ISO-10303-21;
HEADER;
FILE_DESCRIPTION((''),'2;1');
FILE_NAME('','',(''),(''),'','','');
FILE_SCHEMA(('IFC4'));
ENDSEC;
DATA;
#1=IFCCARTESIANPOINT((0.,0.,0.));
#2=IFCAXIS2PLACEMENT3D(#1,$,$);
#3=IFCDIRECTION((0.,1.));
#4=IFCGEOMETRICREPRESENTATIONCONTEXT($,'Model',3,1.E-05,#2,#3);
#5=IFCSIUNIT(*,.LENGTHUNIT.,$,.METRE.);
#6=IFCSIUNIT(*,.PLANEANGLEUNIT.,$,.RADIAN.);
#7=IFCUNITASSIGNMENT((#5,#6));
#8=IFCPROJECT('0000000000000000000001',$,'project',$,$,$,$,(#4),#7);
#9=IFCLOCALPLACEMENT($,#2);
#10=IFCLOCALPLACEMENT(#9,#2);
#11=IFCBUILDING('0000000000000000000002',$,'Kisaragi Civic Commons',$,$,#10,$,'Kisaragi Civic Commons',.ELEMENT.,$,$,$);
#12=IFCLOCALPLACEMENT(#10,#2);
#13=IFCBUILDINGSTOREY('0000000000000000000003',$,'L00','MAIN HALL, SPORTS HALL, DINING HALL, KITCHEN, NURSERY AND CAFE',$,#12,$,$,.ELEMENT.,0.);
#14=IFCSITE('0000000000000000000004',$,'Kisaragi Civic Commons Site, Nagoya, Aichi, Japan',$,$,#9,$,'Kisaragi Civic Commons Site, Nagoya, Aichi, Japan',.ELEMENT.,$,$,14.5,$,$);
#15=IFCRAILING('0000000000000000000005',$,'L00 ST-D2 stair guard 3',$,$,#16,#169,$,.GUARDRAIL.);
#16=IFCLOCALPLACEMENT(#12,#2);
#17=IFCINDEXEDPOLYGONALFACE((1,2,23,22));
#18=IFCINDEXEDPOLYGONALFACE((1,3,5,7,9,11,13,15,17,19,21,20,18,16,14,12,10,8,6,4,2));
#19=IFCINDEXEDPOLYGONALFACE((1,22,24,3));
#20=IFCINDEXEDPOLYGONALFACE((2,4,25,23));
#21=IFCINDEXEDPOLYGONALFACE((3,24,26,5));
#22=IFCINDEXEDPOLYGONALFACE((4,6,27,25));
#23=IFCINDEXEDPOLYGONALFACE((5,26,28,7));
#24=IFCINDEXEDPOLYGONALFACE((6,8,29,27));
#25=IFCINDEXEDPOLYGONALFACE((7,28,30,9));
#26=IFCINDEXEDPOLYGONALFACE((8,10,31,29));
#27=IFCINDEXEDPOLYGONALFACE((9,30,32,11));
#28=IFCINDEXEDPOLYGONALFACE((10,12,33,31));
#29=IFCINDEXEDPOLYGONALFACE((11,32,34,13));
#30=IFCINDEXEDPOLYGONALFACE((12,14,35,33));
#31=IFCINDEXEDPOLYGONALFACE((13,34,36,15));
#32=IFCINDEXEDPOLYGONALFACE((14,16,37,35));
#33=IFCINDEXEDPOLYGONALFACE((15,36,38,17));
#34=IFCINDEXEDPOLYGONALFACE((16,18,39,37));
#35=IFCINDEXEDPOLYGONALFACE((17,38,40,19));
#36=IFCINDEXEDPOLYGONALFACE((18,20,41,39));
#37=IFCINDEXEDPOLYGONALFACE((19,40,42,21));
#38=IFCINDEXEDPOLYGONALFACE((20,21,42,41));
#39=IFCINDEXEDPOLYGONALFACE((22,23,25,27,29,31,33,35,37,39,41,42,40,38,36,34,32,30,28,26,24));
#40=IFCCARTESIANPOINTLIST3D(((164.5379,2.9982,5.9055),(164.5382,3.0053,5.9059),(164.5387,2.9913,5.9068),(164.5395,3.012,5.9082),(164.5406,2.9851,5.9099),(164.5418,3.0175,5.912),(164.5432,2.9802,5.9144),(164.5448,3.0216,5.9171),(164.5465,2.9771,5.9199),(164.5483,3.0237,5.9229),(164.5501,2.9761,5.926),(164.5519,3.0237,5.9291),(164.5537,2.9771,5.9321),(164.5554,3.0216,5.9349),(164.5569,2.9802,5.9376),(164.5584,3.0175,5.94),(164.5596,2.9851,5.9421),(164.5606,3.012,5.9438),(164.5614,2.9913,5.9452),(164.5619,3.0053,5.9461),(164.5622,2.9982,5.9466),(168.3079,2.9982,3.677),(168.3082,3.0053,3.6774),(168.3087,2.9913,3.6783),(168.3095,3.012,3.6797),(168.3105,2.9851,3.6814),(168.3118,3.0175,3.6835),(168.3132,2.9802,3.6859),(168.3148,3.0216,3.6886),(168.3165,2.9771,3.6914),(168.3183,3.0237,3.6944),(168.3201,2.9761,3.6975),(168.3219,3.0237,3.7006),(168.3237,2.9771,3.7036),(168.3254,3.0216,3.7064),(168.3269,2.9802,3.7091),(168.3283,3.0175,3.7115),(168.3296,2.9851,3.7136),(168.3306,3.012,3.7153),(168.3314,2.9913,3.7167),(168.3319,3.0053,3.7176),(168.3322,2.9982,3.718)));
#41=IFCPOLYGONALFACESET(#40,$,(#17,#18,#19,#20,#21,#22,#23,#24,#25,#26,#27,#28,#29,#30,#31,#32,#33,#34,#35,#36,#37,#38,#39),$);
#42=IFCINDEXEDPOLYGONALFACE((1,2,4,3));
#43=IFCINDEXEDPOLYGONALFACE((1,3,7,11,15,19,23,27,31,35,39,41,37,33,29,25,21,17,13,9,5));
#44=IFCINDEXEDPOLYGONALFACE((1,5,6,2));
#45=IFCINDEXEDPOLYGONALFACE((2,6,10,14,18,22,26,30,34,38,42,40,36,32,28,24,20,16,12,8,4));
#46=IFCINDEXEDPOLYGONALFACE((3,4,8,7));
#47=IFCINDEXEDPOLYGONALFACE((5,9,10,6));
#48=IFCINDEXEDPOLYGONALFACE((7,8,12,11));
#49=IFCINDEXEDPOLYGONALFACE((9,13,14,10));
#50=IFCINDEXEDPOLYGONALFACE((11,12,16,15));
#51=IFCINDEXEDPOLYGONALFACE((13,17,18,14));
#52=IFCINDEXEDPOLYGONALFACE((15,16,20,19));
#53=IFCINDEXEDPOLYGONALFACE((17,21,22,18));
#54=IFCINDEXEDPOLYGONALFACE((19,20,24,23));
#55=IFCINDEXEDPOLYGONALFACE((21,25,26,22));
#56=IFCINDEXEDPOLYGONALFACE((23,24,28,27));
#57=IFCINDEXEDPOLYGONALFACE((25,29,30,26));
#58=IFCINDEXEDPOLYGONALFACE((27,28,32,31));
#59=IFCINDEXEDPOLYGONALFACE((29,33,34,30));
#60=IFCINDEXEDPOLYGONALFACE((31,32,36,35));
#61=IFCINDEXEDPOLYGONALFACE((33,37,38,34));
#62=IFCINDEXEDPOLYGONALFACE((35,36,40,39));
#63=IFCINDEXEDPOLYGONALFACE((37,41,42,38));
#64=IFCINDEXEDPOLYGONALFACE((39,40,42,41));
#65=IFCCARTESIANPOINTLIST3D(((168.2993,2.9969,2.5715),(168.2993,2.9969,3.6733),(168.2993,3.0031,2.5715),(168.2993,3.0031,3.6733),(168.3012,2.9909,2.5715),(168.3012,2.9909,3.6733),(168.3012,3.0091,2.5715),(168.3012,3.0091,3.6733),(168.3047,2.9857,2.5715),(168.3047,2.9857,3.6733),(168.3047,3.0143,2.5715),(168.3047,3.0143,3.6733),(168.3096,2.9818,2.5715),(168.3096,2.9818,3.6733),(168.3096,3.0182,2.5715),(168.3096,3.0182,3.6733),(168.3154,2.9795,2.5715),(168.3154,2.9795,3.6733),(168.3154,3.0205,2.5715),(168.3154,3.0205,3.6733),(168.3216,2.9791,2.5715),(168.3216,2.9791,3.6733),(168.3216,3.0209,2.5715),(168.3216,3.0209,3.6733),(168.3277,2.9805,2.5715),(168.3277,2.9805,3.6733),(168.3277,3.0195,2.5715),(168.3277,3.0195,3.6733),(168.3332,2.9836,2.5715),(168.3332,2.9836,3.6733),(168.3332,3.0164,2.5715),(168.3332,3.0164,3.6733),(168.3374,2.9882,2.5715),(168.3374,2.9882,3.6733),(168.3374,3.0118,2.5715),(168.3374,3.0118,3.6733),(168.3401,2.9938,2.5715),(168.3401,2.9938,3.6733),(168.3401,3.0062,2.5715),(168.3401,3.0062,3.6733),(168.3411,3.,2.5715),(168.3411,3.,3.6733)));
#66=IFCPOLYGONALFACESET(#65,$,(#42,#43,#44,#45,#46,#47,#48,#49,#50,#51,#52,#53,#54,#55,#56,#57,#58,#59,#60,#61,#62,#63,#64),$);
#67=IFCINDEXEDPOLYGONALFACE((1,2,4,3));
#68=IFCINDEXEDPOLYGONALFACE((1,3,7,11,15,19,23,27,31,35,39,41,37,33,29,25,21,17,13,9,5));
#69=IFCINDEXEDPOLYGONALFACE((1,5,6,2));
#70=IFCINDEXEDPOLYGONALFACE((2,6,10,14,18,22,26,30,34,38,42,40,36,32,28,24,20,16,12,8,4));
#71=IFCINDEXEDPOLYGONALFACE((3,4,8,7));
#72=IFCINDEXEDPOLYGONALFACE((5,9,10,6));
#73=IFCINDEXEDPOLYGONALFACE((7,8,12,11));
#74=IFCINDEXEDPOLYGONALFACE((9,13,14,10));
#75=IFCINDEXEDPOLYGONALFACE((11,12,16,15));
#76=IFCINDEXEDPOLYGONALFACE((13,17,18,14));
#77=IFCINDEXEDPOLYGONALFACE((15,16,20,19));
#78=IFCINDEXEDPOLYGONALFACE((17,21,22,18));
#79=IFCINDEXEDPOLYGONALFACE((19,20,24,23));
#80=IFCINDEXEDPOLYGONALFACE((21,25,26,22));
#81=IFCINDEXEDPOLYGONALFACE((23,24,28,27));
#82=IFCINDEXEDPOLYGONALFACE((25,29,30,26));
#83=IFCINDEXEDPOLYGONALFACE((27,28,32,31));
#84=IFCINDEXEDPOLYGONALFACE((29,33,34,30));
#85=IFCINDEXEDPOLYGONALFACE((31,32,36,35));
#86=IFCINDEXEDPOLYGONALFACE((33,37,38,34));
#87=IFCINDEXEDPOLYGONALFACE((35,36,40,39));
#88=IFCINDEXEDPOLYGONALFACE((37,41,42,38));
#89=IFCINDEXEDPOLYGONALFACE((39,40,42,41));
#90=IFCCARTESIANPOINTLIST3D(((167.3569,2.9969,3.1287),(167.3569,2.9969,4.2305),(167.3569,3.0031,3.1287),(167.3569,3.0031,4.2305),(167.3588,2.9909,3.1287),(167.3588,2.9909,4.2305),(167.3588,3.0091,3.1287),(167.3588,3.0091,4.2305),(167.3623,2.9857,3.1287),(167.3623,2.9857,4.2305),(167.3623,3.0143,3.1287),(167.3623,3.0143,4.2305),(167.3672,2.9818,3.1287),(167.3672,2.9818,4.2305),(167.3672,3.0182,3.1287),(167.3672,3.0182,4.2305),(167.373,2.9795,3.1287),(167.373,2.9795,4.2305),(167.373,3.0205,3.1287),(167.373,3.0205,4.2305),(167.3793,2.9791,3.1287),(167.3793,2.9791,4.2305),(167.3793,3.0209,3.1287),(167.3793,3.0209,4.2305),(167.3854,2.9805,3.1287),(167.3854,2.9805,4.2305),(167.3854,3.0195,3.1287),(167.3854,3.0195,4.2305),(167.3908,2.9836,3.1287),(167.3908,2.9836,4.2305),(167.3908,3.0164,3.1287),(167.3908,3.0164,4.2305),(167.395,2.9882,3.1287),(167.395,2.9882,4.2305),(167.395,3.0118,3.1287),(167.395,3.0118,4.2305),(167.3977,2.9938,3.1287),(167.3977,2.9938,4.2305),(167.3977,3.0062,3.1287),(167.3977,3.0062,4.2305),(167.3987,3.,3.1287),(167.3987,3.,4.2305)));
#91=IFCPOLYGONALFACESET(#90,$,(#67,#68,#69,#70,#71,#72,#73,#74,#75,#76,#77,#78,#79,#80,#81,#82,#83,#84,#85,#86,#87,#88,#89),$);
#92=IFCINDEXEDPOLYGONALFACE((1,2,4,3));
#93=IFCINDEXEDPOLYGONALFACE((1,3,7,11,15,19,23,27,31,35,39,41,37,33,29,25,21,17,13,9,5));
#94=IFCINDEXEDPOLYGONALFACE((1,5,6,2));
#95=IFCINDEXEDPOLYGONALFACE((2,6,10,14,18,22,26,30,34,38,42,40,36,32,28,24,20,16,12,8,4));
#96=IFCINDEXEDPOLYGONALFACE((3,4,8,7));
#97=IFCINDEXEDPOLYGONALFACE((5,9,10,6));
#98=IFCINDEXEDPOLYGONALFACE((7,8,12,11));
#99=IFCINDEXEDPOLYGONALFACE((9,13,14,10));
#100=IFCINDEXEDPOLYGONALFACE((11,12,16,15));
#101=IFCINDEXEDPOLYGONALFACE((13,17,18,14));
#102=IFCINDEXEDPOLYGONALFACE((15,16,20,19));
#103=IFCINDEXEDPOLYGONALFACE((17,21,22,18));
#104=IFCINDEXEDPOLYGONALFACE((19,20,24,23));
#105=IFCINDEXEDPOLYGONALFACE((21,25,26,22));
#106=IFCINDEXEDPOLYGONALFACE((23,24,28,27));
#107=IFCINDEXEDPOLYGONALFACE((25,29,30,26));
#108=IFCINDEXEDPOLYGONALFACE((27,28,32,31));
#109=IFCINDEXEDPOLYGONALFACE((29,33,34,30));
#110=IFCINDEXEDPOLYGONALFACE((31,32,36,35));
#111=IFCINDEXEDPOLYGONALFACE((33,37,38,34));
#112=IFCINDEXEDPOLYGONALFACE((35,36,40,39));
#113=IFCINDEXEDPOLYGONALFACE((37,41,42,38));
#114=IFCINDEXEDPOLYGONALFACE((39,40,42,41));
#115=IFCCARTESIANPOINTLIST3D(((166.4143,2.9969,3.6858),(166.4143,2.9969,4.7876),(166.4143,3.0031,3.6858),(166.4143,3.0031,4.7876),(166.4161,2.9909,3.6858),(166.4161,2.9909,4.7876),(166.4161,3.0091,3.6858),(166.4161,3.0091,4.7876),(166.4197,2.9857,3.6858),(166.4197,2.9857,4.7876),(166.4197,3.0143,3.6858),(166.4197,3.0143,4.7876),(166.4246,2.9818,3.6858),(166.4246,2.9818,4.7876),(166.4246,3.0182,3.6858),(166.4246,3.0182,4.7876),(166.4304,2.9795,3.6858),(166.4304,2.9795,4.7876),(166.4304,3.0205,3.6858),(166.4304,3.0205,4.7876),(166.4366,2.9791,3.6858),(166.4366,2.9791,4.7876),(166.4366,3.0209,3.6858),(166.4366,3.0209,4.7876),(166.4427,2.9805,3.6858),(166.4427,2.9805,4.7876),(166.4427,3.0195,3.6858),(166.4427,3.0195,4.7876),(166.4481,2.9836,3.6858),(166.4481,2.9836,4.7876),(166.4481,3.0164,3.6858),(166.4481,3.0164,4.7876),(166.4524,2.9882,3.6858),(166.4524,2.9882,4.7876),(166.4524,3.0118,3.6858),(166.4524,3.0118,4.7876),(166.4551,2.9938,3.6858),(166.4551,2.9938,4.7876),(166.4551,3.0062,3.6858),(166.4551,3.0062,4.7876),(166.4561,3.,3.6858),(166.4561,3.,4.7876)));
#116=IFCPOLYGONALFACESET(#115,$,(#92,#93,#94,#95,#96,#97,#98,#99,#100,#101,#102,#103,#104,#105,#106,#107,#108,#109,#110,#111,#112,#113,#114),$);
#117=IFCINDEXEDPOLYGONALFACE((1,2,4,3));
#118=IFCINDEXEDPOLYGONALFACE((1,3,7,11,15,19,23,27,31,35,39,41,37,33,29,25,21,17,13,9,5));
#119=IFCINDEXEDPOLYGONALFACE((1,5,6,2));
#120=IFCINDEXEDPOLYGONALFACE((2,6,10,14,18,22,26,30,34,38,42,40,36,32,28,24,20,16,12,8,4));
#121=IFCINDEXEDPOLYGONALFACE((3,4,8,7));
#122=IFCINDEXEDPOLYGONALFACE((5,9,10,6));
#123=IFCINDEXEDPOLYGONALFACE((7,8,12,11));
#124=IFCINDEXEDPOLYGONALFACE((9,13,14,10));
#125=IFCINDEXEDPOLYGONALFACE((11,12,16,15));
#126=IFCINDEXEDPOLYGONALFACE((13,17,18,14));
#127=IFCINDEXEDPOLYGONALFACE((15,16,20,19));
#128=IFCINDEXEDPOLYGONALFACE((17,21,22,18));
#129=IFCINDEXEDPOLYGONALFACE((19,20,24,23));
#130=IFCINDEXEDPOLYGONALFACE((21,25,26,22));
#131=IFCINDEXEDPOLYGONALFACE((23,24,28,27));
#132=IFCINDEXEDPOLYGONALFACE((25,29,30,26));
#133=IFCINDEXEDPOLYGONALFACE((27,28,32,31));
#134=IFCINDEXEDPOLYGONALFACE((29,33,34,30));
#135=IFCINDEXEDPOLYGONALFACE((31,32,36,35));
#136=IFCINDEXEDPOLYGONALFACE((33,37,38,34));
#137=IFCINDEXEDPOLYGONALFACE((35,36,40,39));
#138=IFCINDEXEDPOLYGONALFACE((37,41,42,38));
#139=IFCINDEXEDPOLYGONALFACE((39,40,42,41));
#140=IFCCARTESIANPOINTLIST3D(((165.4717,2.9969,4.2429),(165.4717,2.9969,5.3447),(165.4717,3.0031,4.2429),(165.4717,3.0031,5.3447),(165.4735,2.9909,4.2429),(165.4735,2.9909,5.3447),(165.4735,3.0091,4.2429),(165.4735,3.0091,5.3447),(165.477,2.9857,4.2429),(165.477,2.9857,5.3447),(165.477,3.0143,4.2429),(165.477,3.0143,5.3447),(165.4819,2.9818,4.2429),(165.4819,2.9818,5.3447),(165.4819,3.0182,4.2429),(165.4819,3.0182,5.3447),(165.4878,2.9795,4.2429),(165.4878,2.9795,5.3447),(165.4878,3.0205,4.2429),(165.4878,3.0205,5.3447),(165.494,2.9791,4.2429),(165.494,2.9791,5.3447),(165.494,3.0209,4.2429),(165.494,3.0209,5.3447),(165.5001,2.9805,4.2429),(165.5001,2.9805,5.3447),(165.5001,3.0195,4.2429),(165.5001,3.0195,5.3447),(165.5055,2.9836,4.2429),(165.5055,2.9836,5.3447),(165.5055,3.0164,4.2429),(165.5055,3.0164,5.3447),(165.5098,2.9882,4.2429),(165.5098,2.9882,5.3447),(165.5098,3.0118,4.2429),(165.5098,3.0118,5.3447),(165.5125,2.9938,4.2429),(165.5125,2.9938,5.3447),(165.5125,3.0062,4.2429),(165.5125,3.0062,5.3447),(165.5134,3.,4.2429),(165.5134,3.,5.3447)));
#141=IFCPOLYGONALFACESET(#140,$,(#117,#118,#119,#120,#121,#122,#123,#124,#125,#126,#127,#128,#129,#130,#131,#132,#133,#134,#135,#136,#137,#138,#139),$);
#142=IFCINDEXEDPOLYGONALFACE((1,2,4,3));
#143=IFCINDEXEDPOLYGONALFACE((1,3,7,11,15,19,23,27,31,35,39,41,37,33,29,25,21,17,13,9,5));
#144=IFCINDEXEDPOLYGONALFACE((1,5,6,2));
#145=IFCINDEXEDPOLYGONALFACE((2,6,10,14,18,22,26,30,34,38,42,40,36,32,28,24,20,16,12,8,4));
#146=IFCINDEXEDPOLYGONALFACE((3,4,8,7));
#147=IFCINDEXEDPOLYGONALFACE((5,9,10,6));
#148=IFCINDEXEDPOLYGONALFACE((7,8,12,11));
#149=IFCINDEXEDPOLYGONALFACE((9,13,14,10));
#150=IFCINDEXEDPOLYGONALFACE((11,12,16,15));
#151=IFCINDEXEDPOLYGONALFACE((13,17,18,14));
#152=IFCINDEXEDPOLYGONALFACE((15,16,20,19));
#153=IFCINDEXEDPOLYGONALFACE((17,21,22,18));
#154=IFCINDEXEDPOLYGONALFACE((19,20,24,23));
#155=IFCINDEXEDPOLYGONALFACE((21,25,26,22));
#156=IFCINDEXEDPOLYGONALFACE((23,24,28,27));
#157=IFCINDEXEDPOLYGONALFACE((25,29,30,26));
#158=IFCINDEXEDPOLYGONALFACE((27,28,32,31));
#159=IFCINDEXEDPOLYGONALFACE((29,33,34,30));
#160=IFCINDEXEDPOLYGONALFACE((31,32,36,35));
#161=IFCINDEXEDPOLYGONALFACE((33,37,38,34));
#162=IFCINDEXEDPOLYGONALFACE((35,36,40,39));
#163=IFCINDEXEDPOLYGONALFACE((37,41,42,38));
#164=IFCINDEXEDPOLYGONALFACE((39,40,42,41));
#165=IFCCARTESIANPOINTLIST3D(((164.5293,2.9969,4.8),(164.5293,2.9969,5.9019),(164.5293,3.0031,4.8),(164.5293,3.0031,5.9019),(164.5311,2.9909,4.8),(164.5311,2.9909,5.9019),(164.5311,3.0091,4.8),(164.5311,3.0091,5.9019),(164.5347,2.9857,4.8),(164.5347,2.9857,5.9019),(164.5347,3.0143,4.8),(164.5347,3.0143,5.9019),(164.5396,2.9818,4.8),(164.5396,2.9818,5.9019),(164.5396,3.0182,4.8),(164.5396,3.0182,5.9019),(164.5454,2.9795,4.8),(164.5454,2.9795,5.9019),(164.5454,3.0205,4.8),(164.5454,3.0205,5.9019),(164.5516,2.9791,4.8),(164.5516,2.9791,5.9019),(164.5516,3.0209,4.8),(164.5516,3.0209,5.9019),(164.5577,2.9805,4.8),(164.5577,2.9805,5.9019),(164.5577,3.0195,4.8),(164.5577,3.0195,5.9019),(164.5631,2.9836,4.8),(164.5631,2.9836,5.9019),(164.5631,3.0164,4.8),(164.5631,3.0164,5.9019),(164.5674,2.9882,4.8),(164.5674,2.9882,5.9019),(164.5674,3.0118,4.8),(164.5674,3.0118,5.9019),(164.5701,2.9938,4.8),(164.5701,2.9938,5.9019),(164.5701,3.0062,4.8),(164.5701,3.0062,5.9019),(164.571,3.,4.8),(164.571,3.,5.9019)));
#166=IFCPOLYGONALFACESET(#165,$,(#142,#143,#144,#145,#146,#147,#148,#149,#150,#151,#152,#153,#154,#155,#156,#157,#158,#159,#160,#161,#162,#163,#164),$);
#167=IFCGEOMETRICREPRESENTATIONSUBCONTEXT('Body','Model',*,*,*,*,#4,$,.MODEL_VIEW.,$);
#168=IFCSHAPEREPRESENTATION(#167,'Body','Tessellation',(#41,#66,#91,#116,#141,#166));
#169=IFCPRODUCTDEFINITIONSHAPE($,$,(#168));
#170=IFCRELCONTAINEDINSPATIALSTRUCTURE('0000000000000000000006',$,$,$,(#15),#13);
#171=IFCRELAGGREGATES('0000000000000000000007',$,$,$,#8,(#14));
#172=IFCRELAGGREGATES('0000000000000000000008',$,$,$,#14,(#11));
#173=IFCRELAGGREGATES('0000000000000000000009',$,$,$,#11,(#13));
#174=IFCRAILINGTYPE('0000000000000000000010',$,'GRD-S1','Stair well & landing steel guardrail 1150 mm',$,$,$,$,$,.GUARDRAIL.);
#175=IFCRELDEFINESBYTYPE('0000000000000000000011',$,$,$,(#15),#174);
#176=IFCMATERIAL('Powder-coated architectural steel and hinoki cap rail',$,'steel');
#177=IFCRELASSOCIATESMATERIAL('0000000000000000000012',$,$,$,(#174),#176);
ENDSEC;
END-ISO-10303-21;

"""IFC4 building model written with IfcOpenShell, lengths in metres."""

from ifc_helpers import new_model, si_unit, direction, frame, origin, origin_2d, place, context, subcontext, project, spatial, circle, extrude, material, type_object, element, save


model = new_model("IFC4")

# Units and contexts
model_context = context("Model", 3, precision=1e-05, world=origin(), true_north=direction((0.0, 1.0)))
body_context = subcontext(model_context, "Body", "Model", "MODEL_VIEW")
ifc_project = project(units=[si_unit("LENGTHUNIT", "METRE"), si_unit("PLANEANGLEUNIT", "RADIAN")], contexts=[model_context])

# Site, building, storey
site_placement = place(None, origin())
site = spatial("IfcSite", under=ifc_project, at=site_placement, Name="Kisaragi Civic Commons Site, Nagoya, Aichi, Japan", LongName="Kisaragi Civic Commons Site, Nagoya, Aichi, Japan", CompositionType="ELEMENT", RefElevation=14.5)
building_placement = place(site_placement, origin())
building = spatial("IfcBuilding", under=site, at=building_placement, Name="Kisaragi Civic Commons", LongName="Kisaragi Civic Commons", CompositionType="ELEMENT")
storey_placement = place(building_placement, origin())
storey = spatial("IfcBuildingStorey", under=building, at=storey_placement, Name="L00", Description="MAIN HALL, SPORTS HALL, DINING HALL, KITCHEN, NURSERY AND CAFE", CompositionType="ELEMENT", Elevation=0.0)

# Railing
ifc_material_1 = material(Name="Powder-coated architectural steel and hinoki cap rail", Category="steel")
railing_type_1 = type_object("IfcRailingType", Name="GRD-S1", Description="Stair well & landing steel guardrail 1150 mm", PredefinedType="GUARDRAIL", material=ifc_material_1)
railing_1_placement = place(storey_placement, frame((168.3201, 3.0, 2.5715)))
element("IfcRailing", 1, at=railing_1_placement, inside=storey, type_object=railing_type_1, Name="L00 ST-D2 stair guard 3", PredefinedType="GUARDRAIL", context=body_context, shape_type="SweptSolid", body=[
    extrude(circle(Radius=0.0239, at=origin_2d()), frame((0.0, 0.0, 1.126), z_axis=(-0.860849, 0.0, 0.508861), x_axis=(0.0, -1.0, 0.0)), (0.0, 0.0, 1.0), 4.3794),
    extrude(circle(Radius=0.021, at=origin_2d()), origin(), (0.0, 0.0, 1.0), 1.1018),
    extrude(circle(Radius=0.021, at=origin_2d()), frame((-0.9424, 0.0, 0.5571)), (0.0, 0.0, 1.0), 1.1018),
    extrude(circle(Radius=0.021, at=origin_2d()), frame((-1.885, 0.0, 1.1143)), (0.0, 0.0, 1.0), 1.1018),
    extrude(circle(Radius=0.021, at=origin_2d()), frame((-2.8276, 0.0, 1.6714)), (0.0, 0.0, 1.0), 1.1018),
    extrude(circle(Radius=0.021, at=origin_2d()), frame((-3.77, 0.0, 2.2285)), (0.0, 0.0, 1.0), 1.1018),
])

save(model, "model.ifc")
